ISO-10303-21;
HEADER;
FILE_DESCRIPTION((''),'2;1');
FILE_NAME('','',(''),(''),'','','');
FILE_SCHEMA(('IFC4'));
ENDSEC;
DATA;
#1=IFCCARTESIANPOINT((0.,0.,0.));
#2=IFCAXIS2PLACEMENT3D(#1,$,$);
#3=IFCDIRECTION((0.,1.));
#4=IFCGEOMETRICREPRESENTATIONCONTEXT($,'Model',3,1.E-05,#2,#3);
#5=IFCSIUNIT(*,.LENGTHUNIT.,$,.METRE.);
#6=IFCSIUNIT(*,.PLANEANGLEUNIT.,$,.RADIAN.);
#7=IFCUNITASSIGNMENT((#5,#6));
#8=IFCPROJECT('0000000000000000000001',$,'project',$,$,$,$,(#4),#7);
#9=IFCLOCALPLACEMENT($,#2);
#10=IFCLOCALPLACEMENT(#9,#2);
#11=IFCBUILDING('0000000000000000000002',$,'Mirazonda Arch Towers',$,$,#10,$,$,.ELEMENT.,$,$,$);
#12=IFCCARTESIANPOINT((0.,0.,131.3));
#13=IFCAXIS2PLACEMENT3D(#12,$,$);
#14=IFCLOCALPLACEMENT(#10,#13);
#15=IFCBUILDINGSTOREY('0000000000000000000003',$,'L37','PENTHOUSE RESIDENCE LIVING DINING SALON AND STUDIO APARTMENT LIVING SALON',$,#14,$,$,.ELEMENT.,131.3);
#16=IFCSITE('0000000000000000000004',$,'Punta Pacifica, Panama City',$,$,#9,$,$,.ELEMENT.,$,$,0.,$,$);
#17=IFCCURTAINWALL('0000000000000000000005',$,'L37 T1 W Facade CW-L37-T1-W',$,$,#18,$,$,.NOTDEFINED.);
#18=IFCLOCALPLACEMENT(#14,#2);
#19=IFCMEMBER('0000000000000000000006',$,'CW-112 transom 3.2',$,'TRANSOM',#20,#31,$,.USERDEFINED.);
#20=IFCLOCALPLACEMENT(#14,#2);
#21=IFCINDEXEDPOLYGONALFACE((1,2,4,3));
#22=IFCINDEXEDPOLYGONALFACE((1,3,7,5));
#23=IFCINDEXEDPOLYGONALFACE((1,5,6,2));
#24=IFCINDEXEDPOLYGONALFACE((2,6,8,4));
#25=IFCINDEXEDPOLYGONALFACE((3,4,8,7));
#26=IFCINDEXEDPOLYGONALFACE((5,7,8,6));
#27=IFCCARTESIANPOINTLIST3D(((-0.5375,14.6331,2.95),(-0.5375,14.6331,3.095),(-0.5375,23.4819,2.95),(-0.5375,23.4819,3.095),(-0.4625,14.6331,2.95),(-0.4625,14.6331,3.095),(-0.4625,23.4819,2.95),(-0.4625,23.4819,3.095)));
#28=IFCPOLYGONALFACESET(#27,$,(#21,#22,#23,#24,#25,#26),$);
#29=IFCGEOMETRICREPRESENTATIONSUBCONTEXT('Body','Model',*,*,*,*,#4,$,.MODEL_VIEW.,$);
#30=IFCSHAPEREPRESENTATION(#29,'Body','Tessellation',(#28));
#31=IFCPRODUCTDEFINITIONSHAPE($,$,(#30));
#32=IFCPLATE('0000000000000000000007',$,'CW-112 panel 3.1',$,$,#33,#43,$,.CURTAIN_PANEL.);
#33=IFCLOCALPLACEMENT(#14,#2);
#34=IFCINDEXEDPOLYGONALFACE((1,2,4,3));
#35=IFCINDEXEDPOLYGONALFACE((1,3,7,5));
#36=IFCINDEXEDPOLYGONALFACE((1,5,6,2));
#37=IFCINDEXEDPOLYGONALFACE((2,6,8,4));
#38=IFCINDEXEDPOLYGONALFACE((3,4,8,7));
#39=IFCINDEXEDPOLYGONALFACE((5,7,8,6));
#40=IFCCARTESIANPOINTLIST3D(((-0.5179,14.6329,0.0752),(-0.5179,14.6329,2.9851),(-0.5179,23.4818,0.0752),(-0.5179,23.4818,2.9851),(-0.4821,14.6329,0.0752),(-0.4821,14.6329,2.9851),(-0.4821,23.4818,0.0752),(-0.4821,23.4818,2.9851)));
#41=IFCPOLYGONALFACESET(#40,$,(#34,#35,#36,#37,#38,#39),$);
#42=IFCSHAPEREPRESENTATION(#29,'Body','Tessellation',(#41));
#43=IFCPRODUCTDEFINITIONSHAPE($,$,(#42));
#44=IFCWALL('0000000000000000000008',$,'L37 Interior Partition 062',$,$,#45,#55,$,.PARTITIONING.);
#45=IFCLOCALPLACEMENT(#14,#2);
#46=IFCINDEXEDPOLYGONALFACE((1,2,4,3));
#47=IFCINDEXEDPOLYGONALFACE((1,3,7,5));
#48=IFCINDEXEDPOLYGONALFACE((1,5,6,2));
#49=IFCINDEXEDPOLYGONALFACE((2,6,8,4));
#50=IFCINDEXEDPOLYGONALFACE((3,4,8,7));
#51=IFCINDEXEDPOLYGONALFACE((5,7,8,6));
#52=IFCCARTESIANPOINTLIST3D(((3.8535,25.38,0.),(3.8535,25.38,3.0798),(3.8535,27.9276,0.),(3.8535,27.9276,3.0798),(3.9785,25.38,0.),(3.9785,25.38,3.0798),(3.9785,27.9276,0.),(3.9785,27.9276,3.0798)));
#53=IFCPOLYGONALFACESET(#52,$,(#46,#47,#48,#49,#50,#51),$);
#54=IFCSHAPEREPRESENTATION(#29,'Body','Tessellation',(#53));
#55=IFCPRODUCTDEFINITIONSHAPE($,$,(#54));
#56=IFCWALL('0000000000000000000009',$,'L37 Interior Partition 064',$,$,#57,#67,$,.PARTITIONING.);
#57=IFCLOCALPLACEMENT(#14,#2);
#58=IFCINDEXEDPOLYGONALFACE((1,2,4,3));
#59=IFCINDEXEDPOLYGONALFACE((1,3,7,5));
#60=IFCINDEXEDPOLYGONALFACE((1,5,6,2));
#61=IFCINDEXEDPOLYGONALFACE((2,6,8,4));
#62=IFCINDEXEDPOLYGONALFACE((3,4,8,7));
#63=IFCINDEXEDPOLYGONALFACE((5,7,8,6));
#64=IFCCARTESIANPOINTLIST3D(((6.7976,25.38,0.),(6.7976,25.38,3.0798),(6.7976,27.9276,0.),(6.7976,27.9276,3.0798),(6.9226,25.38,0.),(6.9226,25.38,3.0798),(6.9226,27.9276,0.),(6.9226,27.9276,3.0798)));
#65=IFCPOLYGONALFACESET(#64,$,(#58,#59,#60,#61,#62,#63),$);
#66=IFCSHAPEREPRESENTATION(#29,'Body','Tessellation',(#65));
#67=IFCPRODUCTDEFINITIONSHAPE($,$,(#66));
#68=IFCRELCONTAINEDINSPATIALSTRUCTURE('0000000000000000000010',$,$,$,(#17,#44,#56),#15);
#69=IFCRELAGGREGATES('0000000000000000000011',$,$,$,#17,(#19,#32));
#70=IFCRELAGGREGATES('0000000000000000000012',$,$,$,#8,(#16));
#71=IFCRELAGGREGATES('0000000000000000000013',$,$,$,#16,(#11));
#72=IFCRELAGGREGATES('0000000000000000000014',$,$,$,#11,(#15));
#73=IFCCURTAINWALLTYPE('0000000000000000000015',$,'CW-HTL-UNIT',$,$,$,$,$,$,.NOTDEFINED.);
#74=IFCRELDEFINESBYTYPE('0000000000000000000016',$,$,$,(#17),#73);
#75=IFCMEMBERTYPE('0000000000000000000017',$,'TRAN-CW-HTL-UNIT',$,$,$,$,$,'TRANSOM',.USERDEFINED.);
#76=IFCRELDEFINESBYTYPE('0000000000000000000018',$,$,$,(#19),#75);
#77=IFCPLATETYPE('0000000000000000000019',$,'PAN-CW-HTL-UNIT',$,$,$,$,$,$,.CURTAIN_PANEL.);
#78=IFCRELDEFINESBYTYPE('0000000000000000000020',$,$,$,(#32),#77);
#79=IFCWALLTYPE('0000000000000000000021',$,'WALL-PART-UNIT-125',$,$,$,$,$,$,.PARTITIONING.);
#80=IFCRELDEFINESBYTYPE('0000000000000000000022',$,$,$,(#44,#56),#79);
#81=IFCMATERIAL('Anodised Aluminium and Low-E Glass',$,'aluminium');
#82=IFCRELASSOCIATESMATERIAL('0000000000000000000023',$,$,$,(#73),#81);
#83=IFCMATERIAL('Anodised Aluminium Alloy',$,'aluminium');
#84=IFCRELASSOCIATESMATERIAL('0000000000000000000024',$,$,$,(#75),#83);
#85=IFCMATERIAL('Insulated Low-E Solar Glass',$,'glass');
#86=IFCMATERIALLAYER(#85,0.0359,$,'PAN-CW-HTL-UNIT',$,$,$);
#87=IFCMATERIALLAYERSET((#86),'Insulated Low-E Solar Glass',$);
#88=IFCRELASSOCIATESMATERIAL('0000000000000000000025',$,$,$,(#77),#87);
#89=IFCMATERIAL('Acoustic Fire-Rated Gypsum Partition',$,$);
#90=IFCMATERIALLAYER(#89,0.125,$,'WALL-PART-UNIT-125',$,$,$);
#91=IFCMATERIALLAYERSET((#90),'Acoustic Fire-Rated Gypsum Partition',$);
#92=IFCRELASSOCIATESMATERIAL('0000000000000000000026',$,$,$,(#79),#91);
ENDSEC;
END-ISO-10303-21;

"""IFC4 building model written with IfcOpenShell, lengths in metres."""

from ifc_helpers import new_model, si_unit, direction, frame, frame_2d, origin, origin_2d, place, context, subcontext, project, spatial, rectangle, extrude, material, layer, layer_set, material_profile, profile_set, type_object, element, aggregate, save


model = new_model("IFC4")

# Units and contexts
model_context = context("Model", 3, precision=1e-05, world=origin(), true_north=direction((0.0, 1.0)))
body_context = subcontext(model_context, "Body", "Model", "MODEL_VIEW")
ifc_project = project(units=[si_unit("LENGTHUNIT", "METRE"), si_unit("PLANEANGLEUNIT", "RADIAN")], contexts=[model_context])

# Site, building, storey
site_placement = place(None, origin())
site = spatial("IfcSite", under=ifc_project, at=site_placement, Name="Punta Pacifica, Panama City", CompositionType="ELEMENT", RefElevation=0.0)
building_placement = place(site_placement, origin())
building = spatial("IfcBuilding", under=site, at=building_placement, Name="Mirazonda Arch Towers", CompositionType="ELEMENT")
storey_placement = place(building_placement, frame((0.0, 0.0, 131.3)))
storey = spatial("IfcBuildingStorey", under=building, at=storey_placement, Name="L37", Description="PENTHOUSE RESIDENCE LIVING DINING SALON AND STUDIO APARTMENT LIVING SALON", CompositionType="ELEMENT", Elevation=131.3)

# Curtain wall, member, plate
ifc_material_1 = material(Name="Anodised Aluminium and Low-E Glass", Category="aluminium")
curtain_wall_type = type_object("IfcCurtainWallType", Name="CW-HTL-UNIT", PredefinedType="NOTDEFINED", material=ifc_material_1)
curtain_wall_placement = place(storey_placement, origin())
curtain_wall = element("IfcCurtainWall", 1, at=curtain_wall_placement, inside=storey, type_object=curtain_wall_type, Name="L37 T1 W Facade CW-L37-T1-W", PredefinedType="NOTDEFINED")
ifc_material_2 = material(Name="Anodised Aluminium Alloy", Category="aluminium")
ifc_material_profile_1 = material_profile(ifc_material_2, rectangle(XDim=0.075, YDim=0.145, at=origin_2d()), Name="ALU-TRAN-75x145")
ifc_profile_set_1 = profile_set([ifc_material_profile_1], Name="Anodised Aluminium Alloy")
member_type_1 = type_object("IfcMemberType", Name="TRAN-CW-HTL-UNIT", ElementType="TRANSOM", PredefinedType="USERDEFINED", material=ifc_profile_set_1)
member_1_placement = place(storey_placement, frame((-0.5, 23.4819, 3.0225), z_axis=(0.0, -1.0, 0.0), x_axis=(1.0, 0.0, 0.0)))
member_1 = element("IfcMember", 2, at=member_1_placement, type_object=member_type_1, Name="CW-112 transom 3.2", ObjectType="TRANSOM", PredefinedType="USERDEFINED", context=body_context, shape_type="SweptSolid", body=[
    extrude(rectangle(XDim=0.075, YDim=0.145, at=origin_2d()), origin(), (0.0, 0.0, 1.0), 8.8489),
])
ifc_material_3 = material(Name="Insulated Low-E Solar Glass", Category="glass")
ifc_layer_1 = layer(ifc_material_3, 0.0359, Name="PAN-CW-HTL-UNIT")
ifc_layer_set_1 = layer_set([ifc_layer_1], Name="Insulated Low-E Solar Glass")
plate_type = type_object("IfcPlateType", Name="PAN-CW-HTL-UNIT", PredefinedType="CURTAIN_PANEL", material=ifc_layer_set_1)
plate_placement = place(storey_placement, frame((-0.5, 19.0574, 0.0752), z_axis=(0.0, 0.0, 1.0), x_axis=(0.0, -1.0, 0.0)))
plate = element("IfcPlate", 3, at=plate_placement, type_object=plate_type, Name="CW-112 panel 3.1", PredefinedType="CURTAIN_PANEL", context=body_context, shape_type="SweptSolid", body=[
    extrude(rectangle(XDim=8.8489, YDim=0.0359, at=origin_2d()), origin(), (0.0, 0.0, 1.0), 2.9099),
])
aggregate(curtain_wall, [member_1, plate])

# Walls
ifc_material_4 = material(Name="Acoustic Fire-Rated Gypsum Partition")
ifc_layer_2 = layer(ifc_material_4, 0.125, Name="WALL-PART-UNIT-125")
ifc_layer_set_2 = layer_set([ifc_layer_2], Name="Acoustic Fire-Rated Gypsum Partition")
wall_type_1 = type_object("IfcWallType", Name="WALL-PART-UNIT-125", PredefinedType="PARTITIONING", material=ifc_layer_set_2)
for number, where, z_axis, x_axis, name in (
    (4, (3.916, 25.3799, 0.0), (0.0, 0.0, 1.0), (0.0, 1.0, 0.0), "L37 Interior Partition 062"),
    (5, (6.8601, 25.3799, 0.0), (0.0, 0.0, 1.0), (0.0, 1.0, 0.0), "L37 Interior Partition 064"),
):
    element("IfcWall", number, at=place(storey_placement, frame(where, z_axis=z_axis, x_axis=x_axis)), inside=storey, type_object=wall_type_1, Name=name, PredefinedType="PARTITIONING", context=body_context, shape_type="SweptSolid", body=[
        extrude(rectangle(XDim=2.5476, YDim=0.125, at=frame_2d((1.2739, 0.0))), origin(), (0.0, 0.0, 1.0), 3.0798),
    ])

save(model, "model.ifc")
